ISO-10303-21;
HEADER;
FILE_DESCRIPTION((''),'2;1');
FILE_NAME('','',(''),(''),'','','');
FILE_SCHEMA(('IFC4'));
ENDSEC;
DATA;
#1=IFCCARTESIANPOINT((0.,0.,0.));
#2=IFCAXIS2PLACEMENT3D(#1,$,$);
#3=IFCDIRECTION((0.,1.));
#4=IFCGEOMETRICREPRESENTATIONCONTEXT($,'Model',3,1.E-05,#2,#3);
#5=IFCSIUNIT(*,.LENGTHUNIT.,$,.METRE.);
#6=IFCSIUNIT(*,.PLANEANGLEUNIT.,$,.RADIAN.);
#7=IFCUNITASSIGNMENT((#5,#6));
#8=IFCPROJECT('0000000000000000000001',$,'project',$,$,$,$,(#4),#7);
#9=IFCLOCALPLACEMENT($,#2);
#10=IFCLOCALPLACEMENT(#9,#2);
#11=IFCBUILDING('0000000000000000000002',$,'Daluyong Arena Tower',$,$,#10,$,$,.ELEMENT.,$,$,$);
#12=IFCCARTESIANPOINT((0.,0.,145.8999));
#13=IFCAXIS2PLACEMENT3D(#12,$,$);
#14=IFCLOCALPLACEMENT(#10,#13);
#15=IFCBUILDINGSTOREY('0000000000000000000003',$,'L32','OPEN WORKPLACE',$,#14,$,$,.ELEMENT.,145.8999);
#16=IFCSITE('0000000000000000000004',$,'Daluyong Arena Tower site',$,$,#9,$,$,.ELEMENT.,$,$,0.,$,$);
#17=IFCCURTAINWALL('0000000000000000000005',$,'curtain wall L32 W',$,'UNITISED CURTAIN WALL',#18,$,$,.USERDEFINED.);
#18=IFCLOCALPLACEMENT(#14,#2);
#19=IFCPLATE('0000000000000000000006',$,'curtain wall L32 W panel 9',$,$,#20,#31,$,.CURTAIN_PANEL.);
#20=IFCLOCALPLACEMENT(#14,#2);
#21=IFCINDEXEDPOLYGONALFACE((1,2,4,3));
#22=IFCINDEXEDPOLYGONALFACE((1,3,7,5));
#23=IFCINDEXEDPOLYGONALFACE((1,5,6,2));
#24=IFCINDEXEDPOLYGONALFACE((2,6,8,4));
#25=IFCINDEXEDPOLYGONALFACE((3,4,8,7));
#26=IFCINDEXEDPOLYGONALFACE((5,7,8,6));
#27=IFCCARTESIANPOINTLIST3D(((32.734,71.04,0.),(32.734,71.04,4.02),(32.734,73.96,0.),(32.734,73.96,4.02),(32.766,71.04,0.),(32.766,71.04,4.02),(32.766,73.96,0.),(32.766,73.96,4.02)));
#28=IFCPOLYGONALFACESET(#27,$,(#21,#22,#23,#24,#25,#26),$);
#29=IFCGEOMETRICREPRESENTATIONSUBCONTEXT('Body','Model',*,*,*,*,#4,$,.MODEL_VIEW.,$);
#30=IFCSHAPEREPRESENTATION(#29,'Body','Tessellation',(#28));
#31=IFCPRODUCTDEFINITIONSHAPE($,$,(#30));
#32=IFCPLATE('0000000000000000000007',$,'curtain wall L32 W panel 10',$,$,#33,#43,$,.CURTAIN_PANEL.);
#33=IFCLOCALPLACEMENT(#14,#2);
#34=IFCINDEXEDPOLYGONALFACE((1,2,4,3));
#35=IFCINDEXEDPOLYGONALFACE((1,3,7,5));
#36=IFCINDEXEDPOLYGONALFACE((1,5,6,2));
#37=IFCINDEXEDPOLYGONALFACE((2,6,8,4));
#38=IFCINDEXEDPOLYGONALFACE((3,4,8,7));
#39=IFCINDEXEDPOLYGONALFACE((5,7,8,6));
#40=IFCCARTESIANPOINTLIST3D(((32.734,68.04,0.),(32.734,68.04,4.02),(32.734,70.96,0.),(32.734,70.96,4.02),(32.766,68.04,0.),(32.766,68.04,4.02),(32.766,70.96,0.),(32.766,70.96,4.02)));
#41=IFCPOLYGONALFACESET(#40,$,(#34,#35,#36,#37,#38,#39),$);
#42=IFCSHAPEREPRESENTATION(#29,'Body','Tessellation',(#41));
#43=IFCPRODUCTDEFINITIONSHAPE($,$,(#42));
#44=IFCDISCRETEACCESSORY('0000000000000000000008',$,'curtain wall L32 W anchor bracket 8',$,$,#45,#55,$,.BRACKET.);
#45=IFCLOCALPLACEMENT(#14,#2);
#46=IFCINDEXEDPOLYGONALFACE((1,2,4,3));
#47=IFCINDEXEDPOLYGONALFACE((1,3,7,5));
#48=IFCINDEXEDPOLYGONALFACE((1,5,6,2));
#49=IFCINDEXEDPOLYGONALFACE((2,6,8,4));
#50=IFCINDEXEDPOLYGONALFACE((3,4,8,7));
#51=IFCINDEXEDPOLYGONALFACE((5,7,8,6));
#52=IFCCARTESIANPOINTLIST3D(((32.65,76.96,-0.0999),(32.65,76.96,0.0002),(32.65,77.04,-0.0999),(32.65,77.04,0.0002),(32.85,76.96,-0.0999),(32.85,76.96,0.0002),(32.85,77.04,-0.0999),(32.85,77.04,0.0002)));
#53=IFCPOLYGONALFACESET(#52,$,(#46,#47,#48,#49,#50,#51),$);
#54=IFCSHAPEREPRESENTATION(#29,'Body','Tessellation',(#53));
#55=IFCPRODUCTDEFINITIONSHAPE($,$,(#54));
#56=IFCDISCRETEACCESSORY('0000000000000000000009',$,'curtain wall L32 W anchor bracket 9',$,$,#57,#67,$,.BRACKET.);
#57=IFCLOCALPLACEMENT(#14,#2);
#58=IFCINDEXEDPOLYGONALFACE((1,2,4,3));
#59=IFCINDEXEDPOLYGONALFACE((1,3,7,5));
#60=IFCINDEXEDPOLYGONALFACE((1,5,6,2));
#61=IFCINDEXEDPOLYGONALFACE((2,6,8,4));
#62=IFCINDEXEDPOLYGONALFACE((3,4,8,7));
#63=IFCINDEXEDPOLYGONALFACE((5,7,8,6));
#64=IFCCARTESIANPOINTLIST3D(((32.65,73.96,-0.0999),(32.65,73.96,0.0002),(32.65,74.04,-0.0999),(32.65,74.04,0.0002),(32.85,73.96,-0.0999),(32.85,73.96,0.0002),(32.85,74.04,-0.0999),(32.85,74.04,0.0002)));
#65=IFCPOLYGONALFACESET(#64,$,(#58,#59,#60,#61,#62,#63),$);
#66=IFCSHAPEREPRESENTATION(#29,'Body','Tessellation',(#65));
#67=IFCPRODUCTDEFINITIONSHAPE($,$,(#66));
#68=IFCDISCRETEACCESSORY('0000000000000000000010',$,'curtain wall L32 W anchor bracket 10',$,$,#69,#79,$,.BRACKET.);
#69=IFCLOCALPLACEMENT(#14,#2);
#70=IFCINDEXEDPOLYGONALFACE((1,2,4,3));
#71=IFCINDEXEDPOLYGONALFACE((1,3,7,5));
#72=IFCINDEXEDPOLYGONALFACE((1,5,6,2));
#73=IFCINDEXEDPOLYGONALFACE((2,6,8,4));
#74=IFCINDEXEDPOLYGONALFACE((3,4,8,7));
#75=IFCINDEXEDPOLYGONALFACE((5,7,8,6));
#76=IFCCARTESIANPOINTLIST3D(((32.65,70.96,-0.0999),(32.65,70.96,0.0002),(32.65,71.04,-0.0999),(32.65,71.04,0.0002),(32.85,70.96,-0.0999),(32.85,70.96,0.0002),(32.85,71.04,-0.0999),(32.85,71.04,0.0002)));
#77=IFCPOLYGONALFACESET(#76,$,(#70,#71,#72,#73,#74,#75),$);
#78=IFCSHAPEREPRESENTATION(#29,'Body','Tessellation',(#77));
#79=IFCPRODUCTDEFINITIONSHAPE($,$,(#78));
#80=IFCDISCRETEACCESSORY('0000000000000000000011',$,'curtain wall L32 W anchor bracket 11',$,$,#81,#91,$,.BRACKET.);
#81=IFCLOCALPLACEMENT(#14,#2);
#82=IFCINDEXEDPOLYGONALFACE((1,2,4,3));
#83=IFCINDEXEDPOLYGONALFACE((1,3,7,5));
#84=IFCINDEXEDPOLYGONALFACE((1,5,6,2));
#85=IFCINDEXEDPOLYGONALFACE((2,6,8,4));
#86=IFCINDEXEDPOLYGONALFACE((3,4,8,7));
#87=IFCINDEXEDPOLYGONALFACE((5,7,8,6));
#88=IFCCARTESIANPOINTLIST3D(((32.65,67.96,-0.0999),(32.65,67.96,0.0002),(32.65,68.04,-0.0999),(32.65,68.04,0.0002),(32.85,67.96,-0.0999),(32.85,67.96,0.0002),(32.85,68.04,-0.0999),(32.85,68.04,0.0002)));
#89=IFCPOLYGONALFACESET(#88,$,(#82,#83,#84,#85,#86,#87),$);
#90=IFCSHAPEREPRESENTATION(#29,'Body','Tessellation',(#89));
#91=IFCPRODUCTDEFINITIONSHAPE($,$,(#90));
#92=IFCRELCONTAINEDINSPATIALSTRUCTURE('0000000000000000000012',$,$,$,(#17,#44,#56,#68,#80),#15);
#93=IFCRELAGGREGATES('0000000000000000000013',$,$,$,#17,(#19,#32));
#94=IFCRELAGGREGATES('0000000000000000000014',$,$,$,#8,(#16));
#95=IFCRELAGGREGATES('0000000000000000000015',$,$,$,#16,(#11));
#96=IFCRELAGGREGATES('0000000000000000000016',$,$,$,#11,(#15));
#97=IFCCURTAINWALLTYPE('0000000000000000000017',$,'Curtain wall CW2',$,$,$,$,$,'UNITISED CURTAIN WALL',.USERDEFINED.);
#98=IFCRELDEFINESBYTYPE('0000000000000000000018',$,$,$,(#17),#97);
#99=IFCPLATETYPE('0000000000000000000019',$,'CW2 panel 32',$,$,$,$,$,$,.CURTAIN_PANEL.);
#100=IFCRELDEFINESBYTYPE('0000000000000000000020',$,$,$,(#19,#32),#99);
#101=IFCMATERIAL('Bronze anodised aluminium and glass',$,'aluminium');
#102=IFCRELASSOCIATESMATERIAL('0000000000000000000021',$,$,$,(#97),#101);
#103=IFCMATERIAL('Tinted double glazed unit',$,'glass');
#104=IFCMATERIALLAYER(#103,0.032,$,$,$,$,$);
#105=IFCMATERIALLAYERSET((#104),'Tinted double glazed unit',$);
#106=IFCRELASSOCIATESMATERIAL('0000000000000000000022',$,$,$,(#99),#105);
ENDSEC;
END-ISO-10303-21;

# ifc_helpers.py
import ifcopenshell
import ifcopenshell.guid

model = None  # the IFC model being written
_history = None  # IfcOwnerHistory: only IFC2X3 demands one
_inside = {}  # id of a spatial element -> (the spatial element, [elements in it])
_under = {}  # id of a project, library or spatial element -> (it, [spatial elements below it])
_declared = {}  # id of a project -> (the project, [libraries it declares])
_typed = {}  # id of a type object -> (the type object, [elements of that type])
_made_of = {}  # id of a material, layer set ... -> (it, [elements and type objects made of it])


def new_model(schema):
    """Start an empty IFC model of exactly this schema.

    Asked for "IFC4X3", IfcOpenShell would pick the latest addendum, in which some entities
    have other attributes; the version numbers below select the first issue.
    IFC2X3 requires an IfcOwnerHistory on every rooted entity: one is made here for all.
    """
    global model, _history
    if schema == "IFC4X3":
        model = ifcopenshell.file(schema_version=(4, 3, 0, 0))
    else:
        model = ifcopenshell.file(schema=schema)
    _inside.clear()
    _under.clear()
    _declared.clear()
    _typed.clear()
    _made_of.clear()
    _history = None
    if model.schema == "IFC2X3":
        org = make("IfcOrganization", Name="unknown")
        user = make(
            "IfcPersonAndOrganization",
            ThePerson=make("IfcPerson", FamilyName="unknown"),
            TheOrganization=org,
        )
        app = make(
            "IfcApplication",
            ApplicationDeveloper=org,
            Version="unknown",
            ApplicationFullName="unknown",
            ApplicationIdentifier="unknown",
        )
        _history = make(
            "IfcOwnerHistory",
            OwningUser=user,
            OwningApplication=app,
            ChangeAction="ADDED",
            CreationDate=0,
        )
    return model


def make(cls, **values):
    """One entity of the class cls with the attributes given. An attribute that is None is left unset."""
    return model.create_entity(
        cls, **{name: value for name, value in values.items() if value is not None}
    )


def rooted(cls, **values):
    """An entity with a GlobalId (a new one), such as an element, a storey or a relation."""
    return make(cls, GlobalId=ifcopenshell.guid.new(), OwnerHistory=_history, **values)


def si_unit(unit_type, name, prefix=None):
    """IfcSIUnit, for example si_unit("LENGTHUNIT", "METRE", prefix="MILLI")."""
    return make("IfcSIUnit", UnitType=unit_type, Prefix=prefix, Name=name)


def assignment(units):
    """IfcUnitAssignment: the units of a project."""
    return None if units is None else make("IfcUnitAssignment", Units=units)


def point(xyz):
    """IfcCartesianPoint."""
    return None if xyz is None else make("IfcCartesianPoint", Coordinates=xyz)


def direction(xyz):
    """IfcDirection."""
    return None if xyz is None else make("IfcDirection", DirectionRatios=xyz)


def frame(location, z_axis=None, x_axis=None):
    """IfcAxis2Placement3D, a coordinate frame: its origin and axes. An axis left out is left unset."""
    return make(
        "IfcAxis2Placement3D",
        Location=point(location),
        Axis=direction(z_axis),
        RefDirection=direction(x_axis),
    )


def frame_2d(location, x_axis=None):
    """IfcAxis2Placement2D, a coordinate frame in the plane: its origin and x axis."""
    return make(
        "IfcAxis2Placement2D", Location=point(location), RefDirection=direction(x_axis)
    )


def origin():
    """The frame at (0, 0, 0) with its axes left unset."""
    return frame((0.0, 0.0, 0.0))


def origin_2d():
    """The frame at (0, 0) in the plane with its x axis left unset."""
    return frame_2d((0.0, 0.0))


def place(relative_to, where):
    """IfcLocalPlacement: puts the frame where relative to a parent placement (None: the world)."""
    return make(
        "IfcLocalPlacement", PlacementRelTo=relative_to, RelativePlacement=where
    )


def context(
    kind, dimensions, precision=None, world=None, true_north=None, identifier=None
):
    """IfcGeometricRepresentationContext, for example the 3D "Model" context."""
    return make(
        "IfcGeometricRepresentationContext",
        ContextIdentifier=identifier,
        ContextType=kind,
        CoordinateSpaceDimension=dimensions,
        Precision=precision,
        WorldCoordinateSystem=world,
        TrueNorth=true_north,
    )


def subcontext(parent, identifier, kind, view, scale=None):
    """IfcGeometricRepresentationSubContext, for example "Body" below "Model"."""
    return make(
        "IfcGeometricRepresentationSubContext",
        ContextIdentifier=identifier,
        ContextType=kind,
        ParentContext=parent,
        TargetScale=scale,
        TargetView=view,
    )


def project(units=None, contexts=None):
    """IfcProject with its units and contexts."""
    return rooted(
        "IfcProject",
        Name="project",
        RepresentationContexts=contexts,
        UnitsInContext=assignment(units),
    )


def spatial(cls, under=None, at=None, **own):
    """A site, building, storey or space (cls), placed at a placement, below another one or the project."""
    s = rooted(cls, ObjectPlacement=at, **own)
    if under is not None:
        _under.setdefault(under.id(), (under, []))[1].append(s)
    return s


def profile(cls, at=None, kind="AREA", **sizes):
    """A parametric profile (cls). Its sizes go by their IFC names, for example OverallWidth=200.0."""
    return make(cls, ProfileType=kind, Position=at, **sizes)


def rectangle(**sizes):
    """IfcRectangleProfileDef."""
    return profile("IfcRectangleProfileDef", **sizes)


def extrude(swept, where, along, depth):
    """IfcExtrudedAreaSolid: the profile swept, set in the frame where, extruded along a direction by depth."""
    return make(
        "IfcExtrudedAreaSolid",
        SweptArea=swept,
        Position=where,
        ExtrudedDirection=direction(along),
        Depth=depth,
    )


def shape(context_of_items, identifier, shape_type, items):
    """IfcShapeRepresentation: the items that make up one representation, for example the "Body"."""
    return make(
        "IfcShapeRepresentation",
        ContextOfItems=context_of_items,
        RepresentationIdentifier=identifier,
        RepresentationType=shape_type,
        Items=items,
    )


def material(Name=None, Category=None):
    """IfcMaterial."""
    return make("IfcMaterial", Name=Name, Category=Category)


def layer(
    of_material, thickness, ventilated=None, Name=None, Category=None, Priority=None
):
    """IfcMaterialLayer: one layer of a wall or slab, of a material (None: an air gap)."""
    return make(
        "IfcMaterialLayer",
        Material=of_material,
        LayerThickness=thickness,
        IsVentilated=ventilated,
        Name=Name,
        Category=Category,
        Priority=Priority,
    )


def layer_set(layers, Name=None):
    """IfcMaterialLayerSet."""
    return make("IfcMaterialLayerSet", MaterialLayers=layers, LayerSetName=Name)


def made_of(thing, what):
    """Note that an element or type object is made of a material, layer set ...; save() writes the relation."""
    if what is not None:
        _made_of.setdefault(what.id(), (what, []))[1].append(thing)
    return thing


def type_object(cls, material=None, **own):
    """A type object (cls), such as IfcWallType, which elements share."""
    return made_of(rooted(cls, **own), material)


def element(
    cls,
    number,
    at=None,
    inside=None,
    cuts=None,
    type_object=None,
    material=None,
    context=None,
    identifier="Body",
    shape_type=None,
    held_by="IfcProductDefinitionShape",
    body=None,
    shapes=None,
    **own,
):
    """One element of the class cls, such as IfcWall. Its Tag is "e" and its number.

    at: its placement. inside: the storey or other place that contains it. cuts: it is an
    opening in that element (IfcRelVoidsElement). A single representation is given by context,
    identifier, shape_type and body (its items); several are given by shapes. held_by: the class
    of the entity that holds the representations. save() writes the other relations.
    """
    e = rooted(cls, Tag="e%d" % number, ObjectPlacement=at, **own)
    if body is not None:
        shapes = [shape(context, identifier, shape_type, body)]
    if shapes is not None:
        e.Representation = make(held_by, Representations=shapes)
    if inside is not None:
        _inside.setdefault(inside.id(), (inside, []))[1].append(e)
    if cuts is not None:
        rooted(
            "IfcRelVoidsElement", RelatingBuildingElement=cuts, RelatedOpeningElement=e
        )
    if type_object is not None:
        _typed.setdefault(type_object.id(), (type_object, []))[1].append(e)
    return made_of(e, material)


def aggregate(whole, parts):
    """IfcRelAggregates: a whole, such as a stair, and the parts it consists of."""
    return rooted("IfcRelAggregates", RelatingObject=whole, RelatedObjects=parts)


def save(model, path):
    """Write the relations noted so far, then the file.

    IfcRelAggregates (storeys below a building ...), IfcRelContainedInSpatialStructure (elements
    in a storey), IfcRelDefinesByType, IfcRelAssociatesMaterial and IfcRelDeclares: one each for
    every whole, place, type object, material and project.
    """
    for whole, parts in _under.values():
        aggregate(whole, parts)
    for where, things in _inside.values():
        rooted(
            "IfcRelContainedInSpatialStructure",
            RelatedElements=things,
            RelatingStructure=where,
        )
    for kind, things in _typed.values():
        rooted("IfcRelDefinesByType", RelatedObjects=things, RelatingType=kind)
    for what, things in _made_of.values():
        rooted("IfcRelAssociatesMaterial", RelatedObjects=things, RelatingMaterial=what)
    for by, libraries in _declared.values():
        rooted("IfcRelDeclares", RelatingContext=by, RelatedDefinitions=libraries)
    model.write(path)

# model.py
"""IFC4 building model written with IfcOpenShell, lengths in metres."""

from ifc_helpers import new_model, si_unit, direction, frame, origin, origin_2d, place, context, subcontext, project, spatial, rectangle, extrude, material, layer, layer_set, type_object, element, aggregate, save


model = new_model("IFC4")

# Units and contexts
model_context = context("Model", 3, precision=1e-05, world=origin(), true_north=direction((0.0, 1.0)))
body_context = subcontext(model_context, "Body", "Model", "MODEL_VIEW")
ifc_project = project(units=[si_unit("LENGTHUNIT", "METRE"), si_unit("PLANEANGLEUNIT", "RADIAN")], contexts=[model_context])

# Site, building, storey
site_placement = place(None, origin())
site = spatial("IfcSite", under=ifc_project, at=site_placement, Name="Daluyong Arena Tower site", CompositionType="ELEMENT", RefElevation=0.0)
building_placement = place(site_placement, origin())
building = spatial("IfcBuilding", under=site, at=building_placement, Name="Daluyong Arena Tower", CompositionType="ELEMENT")
storey_placement = place(building_placement, frame((0.0, 0.0, 145.8999)))
storey = spatial("IfcBuildingStorey", under=building, at=storey_placement, Name="L32", Description="OPEN WORKPLACE", CompositionType="ELEMENT", Elevation=145.8999)

# Curtain wall
ifc_material_1 = material(Name="Bronze anodised aluminium and glass", Category="aluminium")
curtain_wall_type = type_object("IfcCurtainWallType", Name="Curtain wall CW2", ElementType="UNITISED CURTAIN WALL", PredefinedType="USERDEFINED", material=ifc_material_1)
curtain_wall_placement = place(storey_placement, origin())
curtain_wall = element("IfcCurtainWall", 1, at=curtain_wall_placement, inside=storey, type_object=curtain_wall_type, Name="curtain wall L32 W", ObjectType="UNITISED CURTAIN WALL", PredefinedType="USERDEFINED")

# Plates
ifc_material_2 = material(Name="Tinted double glazed unit", Category="glass")
ifc_layer = layer(ifc_material_2, 0.032)
ifc_layer_set = layer_set([ifc_layer], Name="Tinted double glazed unit")
plate_type = type_object("IfcPlateType", Name="CW2 panel 32", PredefinedType="CURTAIN_PANEL", material=ifc_layer_set)
plate_1_placement = place(storey_placement, frame((32.75, 72.5, 0.0), z_axis=(0.0, 0.0, 1.0), x_axis=(0.0, -1.0, 0.0)))
plate_1 = element("IfcPlate", 2, at=plate_1_placement, type_object=plate_type, Name="curtain wall L32 W panel 9", PredefinedType="CURTAIN_PANEL", context=body_context, shape_type="SweptSolid", body=[
    extrude(rectangle(XDim=2.9199, YDim=0.032, at=origin_2d()), origin(), (0.0, 0.0, 1.0), 4.02),
])
plate_2_placement = place(storey_placement, frame((32.75, 69.5, 0.0), z_axis=(0.0, 0.0, 1.0), x_axis=(0.0, -1.0, 0.0)))
plate_2 = element("IfcPlate", 3, at=plate_2_placement, type_object=plate_type, Name="curtain wall L32 W panel 10", PredefinedType="CURTAIN_PANEL", context=body_context, shape_type="SweptSolid", body=[
    extrude(rectangle(XDim=2.9199, YDim=0.032, at=origin_2d()), origin(), (0.0, 0.0, 1.0), 4.02),
])
aggregate(curtain_wall, [plate_1, plate_2])

# Discrete accessories
for number, where, z_axis, x_axis, name in (
    (4, (32.75, 77.0, -0.0999), (0.0, 0.0, 1.0), (0.0, -1.0, 0.0), "curtain wall L32 W anchor bracket 8"),
    (5, (32.75, 74.0, -0.0999), (0.0, 0.0, 1.0), (0.0, -1.0, 0.0), "curtain wall L32 W anchor bracket 9"),
    (6, (32.75, 71.0, -0.0999), (0.0, 0.0, 1.0), (0.0, -1.0, 0.0), "curtain wall L32 W anchor bracket 10"),
    (7, (32.75, 68.0, -0.0999), (0.0, 0.0, 1.0), (0.0, -1.0, 0.0), "curtain wall L32 W anchor bracket 11"),
):
    element("IfcDiscreteAccessory", number, at=place(storey_placement, frame(where, z_axis=z_axis, x_axis=x_axis)), inside=storey, Name=name, PredefinedType="BRACKET", context=body_context, shape_type="SweptSolid", body=[
        extrude(rectangle(XDim=0.0801, YDim=0.2, at=origin_2d()), origin(), (0.0, 0.0, 1.0), 0.1001),
    ])

save(model, "model.ifc")
